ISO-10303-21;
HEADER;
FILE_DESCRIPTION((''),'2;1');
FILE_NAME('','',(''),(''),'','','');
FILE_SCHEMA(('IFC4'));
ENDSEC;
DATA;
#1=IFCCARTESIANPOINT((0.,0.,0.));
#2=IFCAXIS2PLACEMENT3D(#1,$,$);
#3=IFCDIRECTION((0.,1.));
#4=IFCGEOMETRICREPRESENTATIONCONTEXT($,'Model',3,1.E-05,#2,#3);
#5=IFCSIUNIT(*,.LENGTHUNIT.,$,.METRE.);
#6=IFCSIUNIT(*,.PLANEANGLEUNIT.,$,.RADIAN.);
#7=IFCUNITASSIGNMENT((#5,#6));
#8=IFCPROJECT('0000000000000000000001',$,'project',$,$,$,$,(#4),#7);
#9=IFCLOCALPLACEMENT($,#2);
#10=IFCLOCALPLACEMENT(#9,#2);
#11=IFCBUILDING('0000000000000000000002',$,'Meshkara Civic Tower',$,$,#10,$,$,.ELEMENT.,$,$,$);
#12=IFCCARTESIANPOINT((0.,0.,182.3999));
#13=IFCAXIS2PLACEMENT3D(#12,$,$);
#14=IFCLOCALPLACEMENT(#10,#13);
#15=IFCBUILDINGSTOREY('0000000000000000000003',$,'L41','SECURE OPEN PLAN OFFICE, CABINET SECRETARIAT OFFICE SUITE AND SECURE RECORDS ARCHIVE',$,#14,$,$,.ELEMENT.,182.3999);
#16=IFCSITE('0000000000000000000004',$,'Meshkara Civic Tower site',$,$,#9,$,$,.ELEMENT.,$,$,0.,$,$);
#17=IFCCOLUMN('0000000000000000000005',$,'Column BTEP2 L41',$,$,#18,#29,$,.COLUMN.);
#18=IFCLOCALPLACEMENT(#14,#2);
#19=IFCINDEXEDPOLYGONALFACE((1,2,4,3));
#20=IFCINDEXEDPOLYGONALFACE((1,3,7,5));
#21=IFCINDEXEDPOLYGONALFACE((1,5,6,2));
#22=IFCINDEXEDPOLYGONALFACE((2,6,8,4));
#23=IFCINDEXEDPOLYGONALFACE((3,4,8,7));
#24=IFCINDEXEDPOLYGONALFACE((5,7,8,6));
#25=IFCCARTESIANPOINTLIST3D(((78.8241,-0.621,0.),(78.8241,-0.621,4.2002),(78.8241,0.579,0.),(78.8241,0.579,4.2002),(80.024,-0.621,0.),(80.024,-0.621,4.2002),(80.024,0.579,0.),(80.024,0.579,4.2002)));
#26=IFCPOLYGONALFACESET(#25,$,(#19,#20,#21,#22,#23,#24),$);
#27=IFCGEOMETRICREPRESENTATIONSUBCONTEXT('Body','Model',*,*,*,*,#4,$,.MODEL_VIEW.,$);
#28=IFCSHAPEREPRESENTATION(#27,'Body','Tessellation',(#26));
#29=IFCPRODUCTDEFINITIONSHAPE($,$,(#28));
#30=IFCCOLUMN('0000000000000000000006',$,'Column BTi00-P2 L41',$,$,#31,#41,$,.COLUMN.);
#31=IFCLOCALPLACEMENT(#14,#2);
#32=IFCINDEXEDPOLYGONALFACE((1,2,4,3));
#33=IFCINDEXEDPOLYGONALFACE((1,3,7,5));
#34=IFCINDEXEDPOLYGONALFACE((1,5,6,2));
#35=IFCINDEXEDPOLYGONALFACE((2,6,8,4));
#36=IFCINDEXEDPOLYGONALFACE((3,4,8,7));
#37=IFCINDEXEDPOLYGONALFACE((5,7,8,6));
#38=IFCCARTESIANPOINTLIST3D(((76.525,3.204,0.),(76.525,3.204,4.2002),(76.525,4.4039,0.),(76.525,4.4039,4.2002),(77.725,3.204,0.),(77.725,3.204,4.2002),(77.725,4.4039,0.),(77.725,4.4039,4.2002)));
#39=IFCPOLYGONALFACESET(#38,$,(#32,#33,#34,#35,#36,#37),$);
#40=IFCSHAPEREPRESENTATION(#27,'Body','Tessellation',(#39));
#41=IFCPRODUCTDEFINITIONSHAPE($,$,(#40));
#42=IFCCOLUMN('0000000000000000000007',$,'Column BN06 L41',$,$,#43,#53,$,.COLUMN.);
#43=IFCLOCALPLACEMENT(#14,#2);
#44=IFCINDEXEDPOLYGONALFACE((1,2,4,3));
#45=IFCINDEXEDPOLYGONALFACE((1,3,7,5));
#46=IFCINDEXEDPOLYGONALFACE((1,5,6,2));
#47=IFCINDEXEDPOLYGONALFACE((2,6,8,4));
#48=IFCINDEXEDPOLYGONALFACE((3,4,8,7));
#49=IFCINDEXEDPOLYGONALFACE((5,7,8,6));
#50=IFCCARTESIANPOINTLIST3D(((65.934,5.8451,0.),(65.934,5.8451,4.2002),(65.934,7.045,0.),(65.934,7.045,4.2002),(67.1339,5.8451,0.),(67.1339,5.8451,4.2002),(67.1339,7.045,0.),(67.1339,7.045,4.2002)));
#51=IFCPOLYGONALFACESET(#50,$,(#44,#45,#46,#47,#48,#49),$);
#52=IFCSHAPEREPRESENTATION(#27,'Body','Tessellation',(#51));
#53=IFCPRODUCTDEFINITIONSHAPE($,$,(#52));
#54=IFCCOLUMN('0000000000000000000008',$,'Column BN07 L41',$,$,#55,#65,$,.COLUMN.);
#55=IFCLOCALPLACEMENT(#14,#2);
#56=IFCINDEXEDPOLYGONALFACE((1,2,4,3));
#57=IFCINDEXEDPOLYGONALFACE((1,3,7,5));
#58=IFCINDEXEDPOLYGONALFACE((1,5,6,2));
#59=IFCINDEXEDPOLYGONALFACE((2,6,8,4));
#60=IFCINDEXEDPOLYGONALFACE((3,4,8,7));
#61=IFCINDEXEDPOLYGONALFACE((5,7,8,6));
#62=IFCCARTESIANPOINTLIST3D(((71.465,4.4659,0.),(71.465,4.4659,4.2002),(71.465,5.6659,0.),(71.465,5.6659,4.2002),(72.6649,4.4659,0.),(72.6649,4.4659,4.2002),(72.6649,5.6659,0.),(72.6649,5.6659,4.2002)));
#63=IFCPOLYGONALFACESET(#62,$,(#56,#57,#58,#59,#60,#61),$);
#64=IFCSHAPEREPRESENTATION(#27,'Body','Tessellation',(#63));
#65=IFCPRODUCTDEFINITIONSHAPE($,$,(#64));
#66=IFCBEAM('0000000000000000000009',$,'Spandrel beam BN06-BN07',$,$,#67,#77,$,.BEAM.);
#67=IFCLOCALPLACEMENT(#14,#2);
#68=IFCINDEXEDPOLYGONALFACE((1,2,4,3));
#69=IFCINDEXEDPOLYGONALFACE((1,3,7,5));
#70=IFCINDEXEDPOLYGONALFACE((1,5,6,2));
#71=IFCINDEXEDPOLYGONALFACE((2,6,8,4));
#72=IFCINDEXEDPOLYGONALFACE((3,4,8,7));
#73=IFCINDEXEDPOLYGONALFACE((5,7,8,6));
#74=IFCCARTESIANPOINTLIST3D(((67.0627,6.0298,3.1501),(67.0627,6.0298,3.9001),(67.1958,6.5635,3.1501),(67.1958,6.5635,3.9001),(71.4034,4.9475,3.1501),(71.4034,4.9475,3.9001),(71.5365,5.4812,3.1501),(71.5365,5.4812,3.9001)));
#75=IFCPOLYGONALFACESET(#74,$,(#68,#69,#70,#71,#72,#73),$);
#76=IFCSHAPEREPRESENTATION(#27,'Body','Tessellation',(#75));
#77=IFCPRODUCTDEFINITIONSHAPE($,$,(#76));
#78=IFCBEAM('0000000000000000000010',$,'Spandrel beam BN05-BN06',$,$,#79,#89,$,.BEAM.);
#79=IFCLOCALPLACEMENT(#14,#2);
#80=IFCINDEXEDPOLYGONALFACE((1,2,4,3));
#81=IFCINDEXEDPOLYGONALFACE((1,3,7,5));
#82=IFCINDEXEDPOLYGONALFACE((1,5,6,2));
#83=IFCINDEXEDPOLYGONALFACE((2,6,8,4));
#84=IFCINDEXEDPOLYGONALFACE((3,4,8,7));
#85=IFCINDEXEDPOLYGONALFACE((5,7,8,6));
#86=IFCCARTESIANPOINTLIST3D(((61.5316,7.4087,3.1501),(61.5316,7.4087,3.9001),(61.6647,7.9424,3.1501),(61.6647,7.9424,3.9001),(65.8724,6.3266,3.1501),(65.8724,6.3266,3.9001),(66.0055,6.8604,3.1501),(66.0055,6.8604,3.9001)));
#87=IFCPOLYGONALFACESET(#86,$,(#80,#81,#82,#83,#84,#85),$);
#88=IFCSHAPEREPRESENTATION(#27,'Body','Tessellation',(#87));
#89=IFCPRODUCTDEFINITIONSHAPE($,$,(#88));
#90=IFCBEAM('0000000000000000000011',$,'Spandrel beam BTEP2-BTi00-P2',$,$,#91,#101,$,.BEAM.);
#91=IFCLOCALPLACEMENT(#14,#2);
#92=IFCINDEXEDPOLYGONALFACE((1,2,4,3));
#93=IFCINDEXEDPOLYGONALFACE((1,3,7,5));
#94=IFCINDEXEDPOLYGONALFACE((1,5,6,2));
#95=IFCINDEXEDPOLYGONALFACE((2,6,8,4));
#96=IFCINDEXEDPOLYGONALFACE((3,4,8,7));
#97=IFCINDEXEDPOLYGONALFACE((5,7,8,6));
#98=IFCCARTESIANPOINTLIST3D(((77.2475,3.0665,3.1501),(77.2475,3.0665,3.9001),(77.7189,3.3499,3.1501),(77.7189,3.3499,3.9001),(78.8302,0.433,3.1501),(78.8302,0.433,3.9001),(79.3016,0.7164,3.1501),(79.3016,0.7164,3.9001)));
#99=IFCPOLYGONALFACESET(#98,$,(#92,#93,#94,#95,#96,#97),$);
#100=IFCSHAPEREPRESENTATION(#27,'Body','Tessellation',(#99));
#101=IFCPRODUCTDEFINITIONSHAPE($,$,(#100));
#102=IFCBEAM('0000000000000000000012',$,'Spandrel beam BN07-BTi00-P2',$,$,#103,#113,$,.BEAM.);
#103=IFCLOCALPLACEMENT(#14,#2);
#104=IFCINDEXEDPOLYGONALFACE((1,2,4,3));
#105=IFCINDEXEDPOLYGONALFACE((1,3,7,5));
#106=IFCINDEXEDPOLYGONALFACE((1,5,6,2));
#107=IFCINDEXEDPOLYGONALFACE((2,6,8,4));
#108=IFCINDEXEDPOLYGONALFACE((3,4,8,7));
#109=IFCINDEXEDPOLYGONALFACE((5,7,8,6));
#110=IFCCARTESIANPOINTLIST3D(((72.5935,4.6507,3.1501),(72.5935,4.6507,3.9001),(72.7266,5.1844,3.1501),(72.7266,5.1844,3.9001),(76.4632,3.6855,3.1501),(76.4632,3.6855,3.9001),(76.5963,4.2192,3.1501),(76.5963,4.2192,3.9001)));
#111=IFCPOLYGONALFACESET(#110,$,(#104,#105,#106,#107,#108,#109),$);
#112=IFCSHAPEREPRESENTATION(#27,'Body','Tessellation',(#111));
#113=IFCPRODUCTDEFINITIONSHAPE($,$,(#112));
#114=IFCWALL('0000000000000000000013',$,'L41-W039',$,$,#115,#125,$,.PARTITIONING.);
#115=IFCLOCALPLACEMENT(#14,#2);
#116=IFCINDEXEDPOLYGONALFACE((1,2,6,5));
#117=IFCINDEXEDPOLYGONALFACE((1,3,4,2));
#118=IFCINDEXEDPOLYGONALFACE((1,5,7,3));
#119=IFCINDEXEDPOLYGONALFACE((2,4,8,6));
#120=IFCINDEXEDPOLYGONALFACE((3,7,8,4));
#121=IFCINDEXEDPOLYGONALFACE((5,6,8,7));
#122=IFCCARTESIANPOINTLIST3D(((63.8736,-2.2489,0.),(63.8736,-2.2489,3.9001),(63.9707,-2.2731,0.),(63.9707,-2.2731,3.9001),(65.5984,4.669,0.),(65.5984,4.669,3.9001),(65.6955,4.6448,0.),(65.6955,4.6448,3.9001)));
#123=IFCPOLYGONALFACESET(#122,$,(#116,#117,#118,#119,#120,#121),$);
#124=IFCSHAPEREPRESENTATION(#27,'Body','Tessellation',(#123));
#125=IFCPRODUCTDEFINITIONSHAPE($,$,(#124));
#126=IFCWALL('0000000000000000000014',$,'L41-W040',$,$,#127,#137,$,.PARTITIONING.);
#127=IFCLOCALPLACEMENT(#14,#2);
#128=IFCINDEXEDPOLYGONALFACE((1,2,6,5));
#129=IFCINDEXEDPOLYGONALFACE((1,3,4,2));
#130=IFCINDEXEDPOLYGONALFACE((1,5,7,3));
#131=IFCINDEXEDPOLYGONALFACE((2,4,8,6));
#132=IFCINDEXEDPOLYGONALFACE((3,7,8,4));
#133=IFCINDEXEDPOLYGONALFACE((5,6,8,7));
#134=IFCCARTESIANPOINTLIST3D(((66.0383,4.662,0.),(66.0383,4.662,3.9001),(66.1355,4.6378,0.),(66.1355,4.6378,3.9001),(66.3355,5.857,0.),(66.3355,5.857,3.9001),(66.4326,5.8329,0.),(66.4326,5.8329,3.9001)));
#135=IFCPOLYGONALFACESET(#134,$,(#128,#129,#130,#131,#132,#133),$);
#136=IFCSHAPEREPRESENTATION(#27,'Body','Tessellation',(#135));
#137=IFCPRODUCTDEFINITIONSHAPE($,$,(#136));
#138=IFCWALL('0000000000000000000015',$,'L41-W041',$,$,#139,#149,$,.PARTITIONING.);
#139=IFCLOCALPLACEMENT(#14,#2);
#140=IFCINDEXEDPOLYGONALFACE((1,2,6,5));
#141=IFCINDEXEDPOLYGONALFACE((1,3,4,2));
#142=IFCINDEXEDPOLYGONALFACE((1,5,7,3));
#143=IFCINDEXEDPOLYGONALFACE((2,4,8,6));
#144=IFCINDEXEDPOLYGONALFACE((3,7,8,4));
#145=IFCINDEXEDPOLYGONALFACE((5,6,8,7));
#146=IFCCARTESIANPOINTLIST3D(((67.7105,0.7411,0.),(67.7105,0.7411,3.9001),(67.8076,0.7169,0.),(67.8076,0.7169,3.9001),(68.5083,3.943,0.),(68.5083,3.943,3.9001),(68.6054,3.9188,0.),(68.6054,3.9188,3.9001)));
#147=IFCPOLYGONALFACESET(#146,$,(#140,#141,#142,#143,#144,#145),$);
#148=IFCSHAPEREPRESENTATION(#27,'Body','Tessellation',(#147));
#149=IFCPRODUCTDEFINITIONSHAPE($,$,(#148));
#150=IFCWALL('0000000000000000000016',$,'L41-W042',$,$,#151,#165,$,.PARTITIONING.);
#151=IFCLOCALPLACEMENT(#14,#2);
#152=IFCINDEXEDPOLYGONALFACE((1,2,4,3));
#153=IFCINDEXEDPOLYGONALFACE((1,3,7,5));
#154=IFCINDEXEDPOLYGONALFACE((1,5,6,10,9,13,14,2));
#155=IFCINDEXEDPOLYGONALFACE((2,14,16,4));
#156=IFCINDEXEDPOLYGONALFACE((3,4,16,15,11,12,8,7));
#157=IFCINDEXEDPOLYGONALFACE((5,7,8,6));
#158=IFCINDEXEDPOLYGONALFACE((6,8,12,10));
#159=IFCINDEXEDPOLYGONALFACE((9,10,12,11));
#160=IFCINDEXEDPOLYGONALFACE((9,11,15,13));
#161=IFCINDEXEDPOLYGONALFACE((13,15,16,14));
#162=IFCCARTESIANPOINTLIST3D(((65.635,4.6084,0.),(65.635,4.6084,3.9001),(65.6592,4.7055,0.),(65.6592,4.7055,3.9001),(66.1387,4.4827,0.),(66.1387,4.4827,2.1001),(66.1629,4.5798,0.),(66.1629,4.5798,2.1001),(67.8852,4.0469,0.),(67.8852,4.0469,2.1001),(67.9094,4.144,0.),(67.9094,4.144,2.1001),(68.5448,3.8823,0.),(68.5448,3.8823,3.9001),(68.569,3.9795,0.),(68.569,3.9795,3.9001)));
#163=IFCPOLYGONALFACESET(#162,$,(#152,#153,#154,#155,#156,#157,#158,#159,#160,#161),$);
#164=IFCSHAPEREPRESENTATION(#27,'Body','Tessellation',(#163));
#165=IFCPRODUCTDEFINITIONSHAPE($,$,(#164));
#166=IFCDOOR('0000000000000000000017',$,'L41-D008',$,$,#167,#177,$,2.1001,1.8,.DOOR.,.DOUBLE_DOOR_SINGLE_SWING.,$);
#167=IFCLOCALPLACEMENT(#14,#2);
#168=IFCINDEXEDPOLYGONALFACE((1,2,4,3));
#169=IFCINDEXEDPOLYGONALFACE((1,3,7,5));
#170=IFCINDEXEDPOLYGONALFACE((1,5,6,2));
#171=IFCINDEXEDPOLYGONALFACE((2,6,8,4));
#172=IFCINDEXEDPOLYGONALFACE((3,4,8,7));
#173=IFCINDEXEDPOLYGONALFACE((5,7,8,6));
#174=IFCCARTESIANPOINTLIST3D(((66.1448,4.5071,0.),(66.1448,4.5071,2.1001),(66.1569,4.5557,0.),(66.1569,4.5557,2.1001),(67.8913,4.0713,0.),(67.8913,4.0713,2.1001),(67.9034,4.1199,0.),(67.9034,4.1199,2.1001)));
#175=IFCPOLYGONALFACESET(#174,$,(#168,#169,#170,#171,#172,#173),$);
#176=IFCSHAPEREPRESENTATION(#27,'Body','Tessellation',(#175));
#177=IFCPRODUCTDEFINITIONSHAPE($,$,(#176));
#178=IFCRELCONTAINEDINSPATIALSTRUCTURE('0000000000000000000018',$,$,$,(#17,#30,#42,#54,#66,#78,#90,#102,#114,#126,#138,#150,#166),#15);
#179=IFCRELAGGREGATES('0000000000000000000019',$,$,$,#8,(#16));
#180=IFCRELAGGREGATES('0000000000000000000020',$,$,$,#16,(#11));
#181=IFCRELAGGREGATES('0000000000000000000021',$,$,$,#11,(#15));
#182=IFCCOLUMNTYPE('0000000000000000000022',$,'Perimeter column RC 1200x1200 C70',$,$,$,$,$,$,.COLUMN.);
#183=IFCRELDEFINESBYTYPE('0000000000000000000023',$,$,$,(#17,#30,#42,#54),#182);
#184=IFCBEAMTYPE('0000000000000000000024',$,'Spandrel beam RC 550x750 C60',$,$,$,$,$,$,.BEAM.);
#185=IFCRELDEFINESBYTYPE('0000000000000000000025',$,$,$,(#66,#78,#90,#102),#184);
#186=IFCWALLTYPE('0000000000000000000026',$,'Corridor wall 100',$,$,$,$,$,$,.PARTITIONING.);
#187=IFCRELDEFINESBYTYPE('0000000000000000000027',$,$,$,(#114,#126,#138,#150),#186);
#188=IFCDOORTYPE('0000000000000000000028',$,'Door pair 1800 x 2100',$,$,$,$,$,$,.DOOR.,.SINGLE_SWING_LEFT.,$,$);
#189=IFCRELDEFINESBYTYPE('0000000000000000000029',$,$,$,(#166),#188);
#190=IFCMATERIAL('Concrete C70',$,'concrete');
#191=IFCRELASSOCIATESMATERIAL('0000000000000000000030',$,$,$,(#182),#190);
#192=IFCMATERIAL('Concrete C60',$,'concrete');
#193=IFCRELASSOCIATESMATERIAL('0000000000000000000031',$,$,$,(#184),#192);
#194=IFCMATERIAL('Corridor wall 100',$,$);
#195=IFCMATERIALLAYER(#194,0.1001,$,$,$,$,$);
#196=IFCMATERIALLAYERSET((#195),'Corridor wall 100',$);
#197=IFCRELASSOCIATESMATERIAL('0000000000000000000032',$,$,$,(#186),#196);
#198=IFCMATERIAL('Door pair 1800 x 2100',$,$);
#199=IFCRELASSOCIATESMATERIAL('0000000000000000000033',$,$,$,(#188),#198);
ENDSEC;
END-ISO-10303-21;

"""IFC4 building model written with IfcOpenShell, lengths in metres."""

from ifc_helpers import new_model, si_unit, direction, frame, frame_2d, origin, origin_2d, place, context, subcontext, project, spatial, rectangle, extrude, material, layer, layer_set, material_profile, profile_set, type_object, element, fill, save


model = new_model("IFC4")

# Units and contexts
model_context = context("Model", 3, precision=1e-05, world=origin(), true_north=direction((0.0, 1.0)))
body_context = subcontext(model_context, "Body", "Model", "MODEL_VIEW")
ifc_project = project(units=[si_unit("LENGTHUNIT", "METRE"), si_unit("PLANEANGLEUNIT", "RADIAN")], contexts=[model_context])

# Site, building, storey
site_placement = place(None, origin())
site = spatial("IfcSite", under=ifc_project, at=site_placement, Name="Meshkara Civic Tower site", CompositionType="ELEMENT", RefElevation=0.0)
building_placement = place(site_placement, origin())
building = spatial("IfcBuilding", under=site, at=building_placement, Name="Meshkara Civic Tower", CompositionType="ELEMENT")
storey_placement = place(building_placement, frame((0.0, 0.0, 182.3999)))
storey = spatial("IfcBuildingStorey", under=building, at=storey_placement, Name="L41", Description="SECURE OPEN PLAN OFFICE, CABINET SECRETARIAT OFFICE SUITE AND SECURE RECORDS ARCHIVE", CompositionType="ELEMENT", Elevation=182.3999)

# Columns
ifc_material_1 = material(Name="Concrete C70", Category="concrete")
ifc_material_profile_1 = material_profile(ifc_material_1, rectangle(XDim=1.2, YDim=1.2, at=origin_2d()))
ifc_profile_set_1 = profile_set([ifc_material_profile_1], Name="Concrete C70")
column_type = type_object("IfcColumnType", Name="Perimeter column RC 1200x1200 C70", PredefinedType="COLUMN", material=ifc_profile_set_1)
for number, where, z_axis, x_axis, name in (
    (1, (79.4241, -0.021, 0.0), (0.0, 0.0, 1.0), (1.0, 0.0, 0.0), "Column BTEP2 L41"),
    (2, (77.125, 3.804, 0.0), (0.0, 0.0, 1.0), (1.0, 0.0, 0.0), "Column BTi00-P2 L41"),
    (3, (66.5339, 6.4451, 0.0), (0.0, 0.0, 1.0), (1.0, 0.0, 0.0), "Column BN06 L41"),
    (4, (72.0649, 5.0659, 0.0), (0.0, 0.0, 1.0), (1.0, 0.0, 0.0), "Column BN07 L41"),
):
    element("IfcColumn", number, at=place(storey_placement, frame(where, z_axis=z_axis, x_axis=x_axis)), inside=storey, type_object=column_type, Name=name, PredefinedType="COLUMN", context=body_context, shape_type="SweptSolid", body=[
        extrude(rectangle(XDim=1.2, YDim=1.2, at=origin_2d()), origin(), (0.0, 0.0, 1.0), 4.2002),
    ])

# Beams
ifc_material_2 = material(Name="Concrete C60", Category="concrete")
ifc_material_profile_2 = material_profile(ifc_material_2, rectangle(XDim=0.55, YDim=0.75, at=origin_2d()))
ifc_profile_set_2 = profile_set([ifc_material_profile_2], Name="Concrete C60")
beam_type = type_object("IfcBeamType", Name="Spandrel beam RC 550x750 C60", PredefinedType="BEAM", material=ifc_profile_set_2)
for number, where, z_axis, x_axis, name in (
    (5, (71.47, 5.2144, 3.5251), (-0.970296, 0.241919, 0.0), (-0.241919, -0.970296, 0.0), "Spandrel beam BN06-BN07"),
    (6, (65.939, 6.5935, 3.5251), (-0.970309, 0.241868, 0.0), (-0.241868, -0.970309, 0.0), "Spandrel beam BN05-BN06"),
):
    element("IfcBeam", number, at=place(storey_placement, frame(where, z_axis=z_axis, x_axis=x_axis)), inside=storey, type_object=beam_type, Name=name, PredefinedType="BEAM", context=body_context, shape_type="SweptSolid", body=[
        extrude(rectangle(XDim=0.55, YDim=0.75, at=origin_2d()), origin(), (0.0, 0.0, 1.0), 4.4736),
    ])
beam_1_placement = place(storey_placement, frame((79.0659, 0.5747, 3.5251), z_axis=(-0.515127, 0.857114, 0.0), x_axis=(-0.857114, -0.515127, 0.0)))
element("IfcBeam", 7, at=beam_1_placement, inside=storey, type_object=beam_type, Name="Spandrel beam BTEP2-BTi00-P2", PredefinedType="BEAM", context=body_context, shape_type="SweptSolid", body=[
    extrude(rectangle(XDim=0.55, YDim=0.75, at=origin_2d()), origin(), (0.0, 0.0, 1.0), 3.0725),
])
beam_2_placement = place(storey_placement, frame((76.5298, 3.9524, 3.5251), z_axis=(-0.970279, 0.241988, 0.0), x_axis=(-0.241988, -0.970279, 0.0)))
element("IfcBeam", 8, at=beam_2_placement, inside=storey, type_object=beam_type, Name="Spandrel beam BN07-BTi00-P2", PredefinedType="BEAM", context=body_context, shape_type="SweptSolid", body=[
    extrude(rectangle(XDim=0.55, YDim=0.75, at=origin_2d()), origin(), (0.0, 0.0, 1.0), 3.9883),
])

# Walls
ifc_material_3 = material(Name="Corridor wall 100")
ifc_layer_1 = layer(ifc_material_3, 0.1001)
ifc_layer_set_1 = layer_set([ifc_layer_1], Name="Corridor wall 100")
wall_type_1 = type_object("IfcWallType", Name="Corridor wall 100", PredefinedType="PARTITIONING", material=ifc_layer_set_1)
wall_1_placement = place(storey_placement, frame((65.647, 4.657, 0.0), z_axis=(0.0, 0.0, 1.0), x_axis=(-0.241923, -0.970295, 0.0)))
element("IfcWall", 9, at=wall_1_placement, inside=storey, type_object=wall_type_1, Name="L41-W039", PredefinedType="PARTITIONING", context=body_context, shape_type="SweptSolid", body=[
    extrude(rectangle(XDim=7.1296, YDim=0.1001, at=frame_2d((3.5649, 0.0))), origin(), (0.0, 0.0, 1.0), 3.9001),
])
wall_2_placement = place(storey_placement, frame((66.0869, 4.6499, 0.0), z_axis=(0.0, 0.0, 1.0), x_axis=(0.241276, 0.970457, 0.0)))
element("IfcWall", 10, at=wall_2_placement, inside=storey, type_object=wall_type_1, Name="L41-W040", PredefinedType="PARTITIONING", context=body_context, shape_type="SweptSolid", body=[
    extrude(rectangle(XDim=1.2314, YDim=0.1001, at=frame_2d((0.6157, 0.0))), origin(), (0.0, 0.0, 1.0), 3.9001),
])
wall_3_placement = place(storey_placement, frame((67.759, 0.729, 0.0), z_axis=(0.0, 0.0, 1.0), x_axis=(0.241787, 0.970329, 0.0)))
element("IfcWall", 11, at=wall_3_placement, inside=storey, type_object=wall_type_1, Name="L41-W041", PredefinedType="PARTITIONING", context=body_context, shape_type="SweptSolid", body=[
    extrude(rectangle(XDim=3.2998, YDim=0.1001, at=frame_2d((1.6499, 0.0))), origin(), (0.0, 0.0, 1.0), 3.9001),
])

# Wall, opening, door
wall_4_placement = place(storey_placement, frame((68.5569, 3.9309, 0.0), z_axis=(0.0, 0.0, 1.0), x_axis=(-0.970253, 0.242095, 0.0)))
wall_4 = element("IfcWall", 12, at=wall_4_placement, inside=storey, type_object=wall_type_1, Name="L41-W042", PredefinedType="PARTITIONING", context=body_context, shape_type="SweptSolid", body=[
    extrude(rectangle(XDim=2.999, YDim=0.1001, at=frame_2d((1.4995, 0.0))), origin(), (0.0, 0.0, 1.0), 3.9001),
])
opening_1_placement = place(wall_4_placement, frame((0.6799, 0.0, 0.0)))
opening_1 = element("IfcOpeningElement", 13, at=opening_1_placement, cuts=wall_4, PredefinedType="OPENING", context=body_context, shape_type="SweptSolid", body=[
    extrude(rectangle(XDim=1.8, YDim=2.1001, at=frame_2d((0.8999, 1.05))), frame((0.0, 0.0601, 0.0), z_axis=(0.0, -1.0, 0.0), x_axis=(1.0, 0.0, 0.0)), (0.0, 0.0, 1.0), 0.1201),
])
ifc_material_4 = material(Name="Door pair 1800 x 2100")
door_type = type_object("IfcDoorType", Name="Door pair 1800 x 2100", OperationType="SINGLE_SWING_LEFT", PredefinedType="DOOR", material=ifc_material_4)
door_placement = place(opening_1_placement, origin())
door = element("IfcDoor", 14, at=door_placement, inside=storey, type_object=door_type, Name="L41-D008", OperationType="DOUBLE_DOOR_SINGLE_SWING", OverallHeight=2.1001, OverallWidth=1.8, PredefinedType="DOOR", context=body_context, shape_type="SweptSolid", body=[
    extrude(rectangle(XDim=1.8, YDim=2.1001, at=frame_2d((0.8999, 1.05))), frame((0.0, 0.0249, 0.0), z_axis=(0.0, -1.0, 0.0), x_axis=(1.0, 0.0, 0.0)), (0.0, 0.0, 1.0), 0.05),
])
fill(opening_1, door)

save(model, "model.ifc")
